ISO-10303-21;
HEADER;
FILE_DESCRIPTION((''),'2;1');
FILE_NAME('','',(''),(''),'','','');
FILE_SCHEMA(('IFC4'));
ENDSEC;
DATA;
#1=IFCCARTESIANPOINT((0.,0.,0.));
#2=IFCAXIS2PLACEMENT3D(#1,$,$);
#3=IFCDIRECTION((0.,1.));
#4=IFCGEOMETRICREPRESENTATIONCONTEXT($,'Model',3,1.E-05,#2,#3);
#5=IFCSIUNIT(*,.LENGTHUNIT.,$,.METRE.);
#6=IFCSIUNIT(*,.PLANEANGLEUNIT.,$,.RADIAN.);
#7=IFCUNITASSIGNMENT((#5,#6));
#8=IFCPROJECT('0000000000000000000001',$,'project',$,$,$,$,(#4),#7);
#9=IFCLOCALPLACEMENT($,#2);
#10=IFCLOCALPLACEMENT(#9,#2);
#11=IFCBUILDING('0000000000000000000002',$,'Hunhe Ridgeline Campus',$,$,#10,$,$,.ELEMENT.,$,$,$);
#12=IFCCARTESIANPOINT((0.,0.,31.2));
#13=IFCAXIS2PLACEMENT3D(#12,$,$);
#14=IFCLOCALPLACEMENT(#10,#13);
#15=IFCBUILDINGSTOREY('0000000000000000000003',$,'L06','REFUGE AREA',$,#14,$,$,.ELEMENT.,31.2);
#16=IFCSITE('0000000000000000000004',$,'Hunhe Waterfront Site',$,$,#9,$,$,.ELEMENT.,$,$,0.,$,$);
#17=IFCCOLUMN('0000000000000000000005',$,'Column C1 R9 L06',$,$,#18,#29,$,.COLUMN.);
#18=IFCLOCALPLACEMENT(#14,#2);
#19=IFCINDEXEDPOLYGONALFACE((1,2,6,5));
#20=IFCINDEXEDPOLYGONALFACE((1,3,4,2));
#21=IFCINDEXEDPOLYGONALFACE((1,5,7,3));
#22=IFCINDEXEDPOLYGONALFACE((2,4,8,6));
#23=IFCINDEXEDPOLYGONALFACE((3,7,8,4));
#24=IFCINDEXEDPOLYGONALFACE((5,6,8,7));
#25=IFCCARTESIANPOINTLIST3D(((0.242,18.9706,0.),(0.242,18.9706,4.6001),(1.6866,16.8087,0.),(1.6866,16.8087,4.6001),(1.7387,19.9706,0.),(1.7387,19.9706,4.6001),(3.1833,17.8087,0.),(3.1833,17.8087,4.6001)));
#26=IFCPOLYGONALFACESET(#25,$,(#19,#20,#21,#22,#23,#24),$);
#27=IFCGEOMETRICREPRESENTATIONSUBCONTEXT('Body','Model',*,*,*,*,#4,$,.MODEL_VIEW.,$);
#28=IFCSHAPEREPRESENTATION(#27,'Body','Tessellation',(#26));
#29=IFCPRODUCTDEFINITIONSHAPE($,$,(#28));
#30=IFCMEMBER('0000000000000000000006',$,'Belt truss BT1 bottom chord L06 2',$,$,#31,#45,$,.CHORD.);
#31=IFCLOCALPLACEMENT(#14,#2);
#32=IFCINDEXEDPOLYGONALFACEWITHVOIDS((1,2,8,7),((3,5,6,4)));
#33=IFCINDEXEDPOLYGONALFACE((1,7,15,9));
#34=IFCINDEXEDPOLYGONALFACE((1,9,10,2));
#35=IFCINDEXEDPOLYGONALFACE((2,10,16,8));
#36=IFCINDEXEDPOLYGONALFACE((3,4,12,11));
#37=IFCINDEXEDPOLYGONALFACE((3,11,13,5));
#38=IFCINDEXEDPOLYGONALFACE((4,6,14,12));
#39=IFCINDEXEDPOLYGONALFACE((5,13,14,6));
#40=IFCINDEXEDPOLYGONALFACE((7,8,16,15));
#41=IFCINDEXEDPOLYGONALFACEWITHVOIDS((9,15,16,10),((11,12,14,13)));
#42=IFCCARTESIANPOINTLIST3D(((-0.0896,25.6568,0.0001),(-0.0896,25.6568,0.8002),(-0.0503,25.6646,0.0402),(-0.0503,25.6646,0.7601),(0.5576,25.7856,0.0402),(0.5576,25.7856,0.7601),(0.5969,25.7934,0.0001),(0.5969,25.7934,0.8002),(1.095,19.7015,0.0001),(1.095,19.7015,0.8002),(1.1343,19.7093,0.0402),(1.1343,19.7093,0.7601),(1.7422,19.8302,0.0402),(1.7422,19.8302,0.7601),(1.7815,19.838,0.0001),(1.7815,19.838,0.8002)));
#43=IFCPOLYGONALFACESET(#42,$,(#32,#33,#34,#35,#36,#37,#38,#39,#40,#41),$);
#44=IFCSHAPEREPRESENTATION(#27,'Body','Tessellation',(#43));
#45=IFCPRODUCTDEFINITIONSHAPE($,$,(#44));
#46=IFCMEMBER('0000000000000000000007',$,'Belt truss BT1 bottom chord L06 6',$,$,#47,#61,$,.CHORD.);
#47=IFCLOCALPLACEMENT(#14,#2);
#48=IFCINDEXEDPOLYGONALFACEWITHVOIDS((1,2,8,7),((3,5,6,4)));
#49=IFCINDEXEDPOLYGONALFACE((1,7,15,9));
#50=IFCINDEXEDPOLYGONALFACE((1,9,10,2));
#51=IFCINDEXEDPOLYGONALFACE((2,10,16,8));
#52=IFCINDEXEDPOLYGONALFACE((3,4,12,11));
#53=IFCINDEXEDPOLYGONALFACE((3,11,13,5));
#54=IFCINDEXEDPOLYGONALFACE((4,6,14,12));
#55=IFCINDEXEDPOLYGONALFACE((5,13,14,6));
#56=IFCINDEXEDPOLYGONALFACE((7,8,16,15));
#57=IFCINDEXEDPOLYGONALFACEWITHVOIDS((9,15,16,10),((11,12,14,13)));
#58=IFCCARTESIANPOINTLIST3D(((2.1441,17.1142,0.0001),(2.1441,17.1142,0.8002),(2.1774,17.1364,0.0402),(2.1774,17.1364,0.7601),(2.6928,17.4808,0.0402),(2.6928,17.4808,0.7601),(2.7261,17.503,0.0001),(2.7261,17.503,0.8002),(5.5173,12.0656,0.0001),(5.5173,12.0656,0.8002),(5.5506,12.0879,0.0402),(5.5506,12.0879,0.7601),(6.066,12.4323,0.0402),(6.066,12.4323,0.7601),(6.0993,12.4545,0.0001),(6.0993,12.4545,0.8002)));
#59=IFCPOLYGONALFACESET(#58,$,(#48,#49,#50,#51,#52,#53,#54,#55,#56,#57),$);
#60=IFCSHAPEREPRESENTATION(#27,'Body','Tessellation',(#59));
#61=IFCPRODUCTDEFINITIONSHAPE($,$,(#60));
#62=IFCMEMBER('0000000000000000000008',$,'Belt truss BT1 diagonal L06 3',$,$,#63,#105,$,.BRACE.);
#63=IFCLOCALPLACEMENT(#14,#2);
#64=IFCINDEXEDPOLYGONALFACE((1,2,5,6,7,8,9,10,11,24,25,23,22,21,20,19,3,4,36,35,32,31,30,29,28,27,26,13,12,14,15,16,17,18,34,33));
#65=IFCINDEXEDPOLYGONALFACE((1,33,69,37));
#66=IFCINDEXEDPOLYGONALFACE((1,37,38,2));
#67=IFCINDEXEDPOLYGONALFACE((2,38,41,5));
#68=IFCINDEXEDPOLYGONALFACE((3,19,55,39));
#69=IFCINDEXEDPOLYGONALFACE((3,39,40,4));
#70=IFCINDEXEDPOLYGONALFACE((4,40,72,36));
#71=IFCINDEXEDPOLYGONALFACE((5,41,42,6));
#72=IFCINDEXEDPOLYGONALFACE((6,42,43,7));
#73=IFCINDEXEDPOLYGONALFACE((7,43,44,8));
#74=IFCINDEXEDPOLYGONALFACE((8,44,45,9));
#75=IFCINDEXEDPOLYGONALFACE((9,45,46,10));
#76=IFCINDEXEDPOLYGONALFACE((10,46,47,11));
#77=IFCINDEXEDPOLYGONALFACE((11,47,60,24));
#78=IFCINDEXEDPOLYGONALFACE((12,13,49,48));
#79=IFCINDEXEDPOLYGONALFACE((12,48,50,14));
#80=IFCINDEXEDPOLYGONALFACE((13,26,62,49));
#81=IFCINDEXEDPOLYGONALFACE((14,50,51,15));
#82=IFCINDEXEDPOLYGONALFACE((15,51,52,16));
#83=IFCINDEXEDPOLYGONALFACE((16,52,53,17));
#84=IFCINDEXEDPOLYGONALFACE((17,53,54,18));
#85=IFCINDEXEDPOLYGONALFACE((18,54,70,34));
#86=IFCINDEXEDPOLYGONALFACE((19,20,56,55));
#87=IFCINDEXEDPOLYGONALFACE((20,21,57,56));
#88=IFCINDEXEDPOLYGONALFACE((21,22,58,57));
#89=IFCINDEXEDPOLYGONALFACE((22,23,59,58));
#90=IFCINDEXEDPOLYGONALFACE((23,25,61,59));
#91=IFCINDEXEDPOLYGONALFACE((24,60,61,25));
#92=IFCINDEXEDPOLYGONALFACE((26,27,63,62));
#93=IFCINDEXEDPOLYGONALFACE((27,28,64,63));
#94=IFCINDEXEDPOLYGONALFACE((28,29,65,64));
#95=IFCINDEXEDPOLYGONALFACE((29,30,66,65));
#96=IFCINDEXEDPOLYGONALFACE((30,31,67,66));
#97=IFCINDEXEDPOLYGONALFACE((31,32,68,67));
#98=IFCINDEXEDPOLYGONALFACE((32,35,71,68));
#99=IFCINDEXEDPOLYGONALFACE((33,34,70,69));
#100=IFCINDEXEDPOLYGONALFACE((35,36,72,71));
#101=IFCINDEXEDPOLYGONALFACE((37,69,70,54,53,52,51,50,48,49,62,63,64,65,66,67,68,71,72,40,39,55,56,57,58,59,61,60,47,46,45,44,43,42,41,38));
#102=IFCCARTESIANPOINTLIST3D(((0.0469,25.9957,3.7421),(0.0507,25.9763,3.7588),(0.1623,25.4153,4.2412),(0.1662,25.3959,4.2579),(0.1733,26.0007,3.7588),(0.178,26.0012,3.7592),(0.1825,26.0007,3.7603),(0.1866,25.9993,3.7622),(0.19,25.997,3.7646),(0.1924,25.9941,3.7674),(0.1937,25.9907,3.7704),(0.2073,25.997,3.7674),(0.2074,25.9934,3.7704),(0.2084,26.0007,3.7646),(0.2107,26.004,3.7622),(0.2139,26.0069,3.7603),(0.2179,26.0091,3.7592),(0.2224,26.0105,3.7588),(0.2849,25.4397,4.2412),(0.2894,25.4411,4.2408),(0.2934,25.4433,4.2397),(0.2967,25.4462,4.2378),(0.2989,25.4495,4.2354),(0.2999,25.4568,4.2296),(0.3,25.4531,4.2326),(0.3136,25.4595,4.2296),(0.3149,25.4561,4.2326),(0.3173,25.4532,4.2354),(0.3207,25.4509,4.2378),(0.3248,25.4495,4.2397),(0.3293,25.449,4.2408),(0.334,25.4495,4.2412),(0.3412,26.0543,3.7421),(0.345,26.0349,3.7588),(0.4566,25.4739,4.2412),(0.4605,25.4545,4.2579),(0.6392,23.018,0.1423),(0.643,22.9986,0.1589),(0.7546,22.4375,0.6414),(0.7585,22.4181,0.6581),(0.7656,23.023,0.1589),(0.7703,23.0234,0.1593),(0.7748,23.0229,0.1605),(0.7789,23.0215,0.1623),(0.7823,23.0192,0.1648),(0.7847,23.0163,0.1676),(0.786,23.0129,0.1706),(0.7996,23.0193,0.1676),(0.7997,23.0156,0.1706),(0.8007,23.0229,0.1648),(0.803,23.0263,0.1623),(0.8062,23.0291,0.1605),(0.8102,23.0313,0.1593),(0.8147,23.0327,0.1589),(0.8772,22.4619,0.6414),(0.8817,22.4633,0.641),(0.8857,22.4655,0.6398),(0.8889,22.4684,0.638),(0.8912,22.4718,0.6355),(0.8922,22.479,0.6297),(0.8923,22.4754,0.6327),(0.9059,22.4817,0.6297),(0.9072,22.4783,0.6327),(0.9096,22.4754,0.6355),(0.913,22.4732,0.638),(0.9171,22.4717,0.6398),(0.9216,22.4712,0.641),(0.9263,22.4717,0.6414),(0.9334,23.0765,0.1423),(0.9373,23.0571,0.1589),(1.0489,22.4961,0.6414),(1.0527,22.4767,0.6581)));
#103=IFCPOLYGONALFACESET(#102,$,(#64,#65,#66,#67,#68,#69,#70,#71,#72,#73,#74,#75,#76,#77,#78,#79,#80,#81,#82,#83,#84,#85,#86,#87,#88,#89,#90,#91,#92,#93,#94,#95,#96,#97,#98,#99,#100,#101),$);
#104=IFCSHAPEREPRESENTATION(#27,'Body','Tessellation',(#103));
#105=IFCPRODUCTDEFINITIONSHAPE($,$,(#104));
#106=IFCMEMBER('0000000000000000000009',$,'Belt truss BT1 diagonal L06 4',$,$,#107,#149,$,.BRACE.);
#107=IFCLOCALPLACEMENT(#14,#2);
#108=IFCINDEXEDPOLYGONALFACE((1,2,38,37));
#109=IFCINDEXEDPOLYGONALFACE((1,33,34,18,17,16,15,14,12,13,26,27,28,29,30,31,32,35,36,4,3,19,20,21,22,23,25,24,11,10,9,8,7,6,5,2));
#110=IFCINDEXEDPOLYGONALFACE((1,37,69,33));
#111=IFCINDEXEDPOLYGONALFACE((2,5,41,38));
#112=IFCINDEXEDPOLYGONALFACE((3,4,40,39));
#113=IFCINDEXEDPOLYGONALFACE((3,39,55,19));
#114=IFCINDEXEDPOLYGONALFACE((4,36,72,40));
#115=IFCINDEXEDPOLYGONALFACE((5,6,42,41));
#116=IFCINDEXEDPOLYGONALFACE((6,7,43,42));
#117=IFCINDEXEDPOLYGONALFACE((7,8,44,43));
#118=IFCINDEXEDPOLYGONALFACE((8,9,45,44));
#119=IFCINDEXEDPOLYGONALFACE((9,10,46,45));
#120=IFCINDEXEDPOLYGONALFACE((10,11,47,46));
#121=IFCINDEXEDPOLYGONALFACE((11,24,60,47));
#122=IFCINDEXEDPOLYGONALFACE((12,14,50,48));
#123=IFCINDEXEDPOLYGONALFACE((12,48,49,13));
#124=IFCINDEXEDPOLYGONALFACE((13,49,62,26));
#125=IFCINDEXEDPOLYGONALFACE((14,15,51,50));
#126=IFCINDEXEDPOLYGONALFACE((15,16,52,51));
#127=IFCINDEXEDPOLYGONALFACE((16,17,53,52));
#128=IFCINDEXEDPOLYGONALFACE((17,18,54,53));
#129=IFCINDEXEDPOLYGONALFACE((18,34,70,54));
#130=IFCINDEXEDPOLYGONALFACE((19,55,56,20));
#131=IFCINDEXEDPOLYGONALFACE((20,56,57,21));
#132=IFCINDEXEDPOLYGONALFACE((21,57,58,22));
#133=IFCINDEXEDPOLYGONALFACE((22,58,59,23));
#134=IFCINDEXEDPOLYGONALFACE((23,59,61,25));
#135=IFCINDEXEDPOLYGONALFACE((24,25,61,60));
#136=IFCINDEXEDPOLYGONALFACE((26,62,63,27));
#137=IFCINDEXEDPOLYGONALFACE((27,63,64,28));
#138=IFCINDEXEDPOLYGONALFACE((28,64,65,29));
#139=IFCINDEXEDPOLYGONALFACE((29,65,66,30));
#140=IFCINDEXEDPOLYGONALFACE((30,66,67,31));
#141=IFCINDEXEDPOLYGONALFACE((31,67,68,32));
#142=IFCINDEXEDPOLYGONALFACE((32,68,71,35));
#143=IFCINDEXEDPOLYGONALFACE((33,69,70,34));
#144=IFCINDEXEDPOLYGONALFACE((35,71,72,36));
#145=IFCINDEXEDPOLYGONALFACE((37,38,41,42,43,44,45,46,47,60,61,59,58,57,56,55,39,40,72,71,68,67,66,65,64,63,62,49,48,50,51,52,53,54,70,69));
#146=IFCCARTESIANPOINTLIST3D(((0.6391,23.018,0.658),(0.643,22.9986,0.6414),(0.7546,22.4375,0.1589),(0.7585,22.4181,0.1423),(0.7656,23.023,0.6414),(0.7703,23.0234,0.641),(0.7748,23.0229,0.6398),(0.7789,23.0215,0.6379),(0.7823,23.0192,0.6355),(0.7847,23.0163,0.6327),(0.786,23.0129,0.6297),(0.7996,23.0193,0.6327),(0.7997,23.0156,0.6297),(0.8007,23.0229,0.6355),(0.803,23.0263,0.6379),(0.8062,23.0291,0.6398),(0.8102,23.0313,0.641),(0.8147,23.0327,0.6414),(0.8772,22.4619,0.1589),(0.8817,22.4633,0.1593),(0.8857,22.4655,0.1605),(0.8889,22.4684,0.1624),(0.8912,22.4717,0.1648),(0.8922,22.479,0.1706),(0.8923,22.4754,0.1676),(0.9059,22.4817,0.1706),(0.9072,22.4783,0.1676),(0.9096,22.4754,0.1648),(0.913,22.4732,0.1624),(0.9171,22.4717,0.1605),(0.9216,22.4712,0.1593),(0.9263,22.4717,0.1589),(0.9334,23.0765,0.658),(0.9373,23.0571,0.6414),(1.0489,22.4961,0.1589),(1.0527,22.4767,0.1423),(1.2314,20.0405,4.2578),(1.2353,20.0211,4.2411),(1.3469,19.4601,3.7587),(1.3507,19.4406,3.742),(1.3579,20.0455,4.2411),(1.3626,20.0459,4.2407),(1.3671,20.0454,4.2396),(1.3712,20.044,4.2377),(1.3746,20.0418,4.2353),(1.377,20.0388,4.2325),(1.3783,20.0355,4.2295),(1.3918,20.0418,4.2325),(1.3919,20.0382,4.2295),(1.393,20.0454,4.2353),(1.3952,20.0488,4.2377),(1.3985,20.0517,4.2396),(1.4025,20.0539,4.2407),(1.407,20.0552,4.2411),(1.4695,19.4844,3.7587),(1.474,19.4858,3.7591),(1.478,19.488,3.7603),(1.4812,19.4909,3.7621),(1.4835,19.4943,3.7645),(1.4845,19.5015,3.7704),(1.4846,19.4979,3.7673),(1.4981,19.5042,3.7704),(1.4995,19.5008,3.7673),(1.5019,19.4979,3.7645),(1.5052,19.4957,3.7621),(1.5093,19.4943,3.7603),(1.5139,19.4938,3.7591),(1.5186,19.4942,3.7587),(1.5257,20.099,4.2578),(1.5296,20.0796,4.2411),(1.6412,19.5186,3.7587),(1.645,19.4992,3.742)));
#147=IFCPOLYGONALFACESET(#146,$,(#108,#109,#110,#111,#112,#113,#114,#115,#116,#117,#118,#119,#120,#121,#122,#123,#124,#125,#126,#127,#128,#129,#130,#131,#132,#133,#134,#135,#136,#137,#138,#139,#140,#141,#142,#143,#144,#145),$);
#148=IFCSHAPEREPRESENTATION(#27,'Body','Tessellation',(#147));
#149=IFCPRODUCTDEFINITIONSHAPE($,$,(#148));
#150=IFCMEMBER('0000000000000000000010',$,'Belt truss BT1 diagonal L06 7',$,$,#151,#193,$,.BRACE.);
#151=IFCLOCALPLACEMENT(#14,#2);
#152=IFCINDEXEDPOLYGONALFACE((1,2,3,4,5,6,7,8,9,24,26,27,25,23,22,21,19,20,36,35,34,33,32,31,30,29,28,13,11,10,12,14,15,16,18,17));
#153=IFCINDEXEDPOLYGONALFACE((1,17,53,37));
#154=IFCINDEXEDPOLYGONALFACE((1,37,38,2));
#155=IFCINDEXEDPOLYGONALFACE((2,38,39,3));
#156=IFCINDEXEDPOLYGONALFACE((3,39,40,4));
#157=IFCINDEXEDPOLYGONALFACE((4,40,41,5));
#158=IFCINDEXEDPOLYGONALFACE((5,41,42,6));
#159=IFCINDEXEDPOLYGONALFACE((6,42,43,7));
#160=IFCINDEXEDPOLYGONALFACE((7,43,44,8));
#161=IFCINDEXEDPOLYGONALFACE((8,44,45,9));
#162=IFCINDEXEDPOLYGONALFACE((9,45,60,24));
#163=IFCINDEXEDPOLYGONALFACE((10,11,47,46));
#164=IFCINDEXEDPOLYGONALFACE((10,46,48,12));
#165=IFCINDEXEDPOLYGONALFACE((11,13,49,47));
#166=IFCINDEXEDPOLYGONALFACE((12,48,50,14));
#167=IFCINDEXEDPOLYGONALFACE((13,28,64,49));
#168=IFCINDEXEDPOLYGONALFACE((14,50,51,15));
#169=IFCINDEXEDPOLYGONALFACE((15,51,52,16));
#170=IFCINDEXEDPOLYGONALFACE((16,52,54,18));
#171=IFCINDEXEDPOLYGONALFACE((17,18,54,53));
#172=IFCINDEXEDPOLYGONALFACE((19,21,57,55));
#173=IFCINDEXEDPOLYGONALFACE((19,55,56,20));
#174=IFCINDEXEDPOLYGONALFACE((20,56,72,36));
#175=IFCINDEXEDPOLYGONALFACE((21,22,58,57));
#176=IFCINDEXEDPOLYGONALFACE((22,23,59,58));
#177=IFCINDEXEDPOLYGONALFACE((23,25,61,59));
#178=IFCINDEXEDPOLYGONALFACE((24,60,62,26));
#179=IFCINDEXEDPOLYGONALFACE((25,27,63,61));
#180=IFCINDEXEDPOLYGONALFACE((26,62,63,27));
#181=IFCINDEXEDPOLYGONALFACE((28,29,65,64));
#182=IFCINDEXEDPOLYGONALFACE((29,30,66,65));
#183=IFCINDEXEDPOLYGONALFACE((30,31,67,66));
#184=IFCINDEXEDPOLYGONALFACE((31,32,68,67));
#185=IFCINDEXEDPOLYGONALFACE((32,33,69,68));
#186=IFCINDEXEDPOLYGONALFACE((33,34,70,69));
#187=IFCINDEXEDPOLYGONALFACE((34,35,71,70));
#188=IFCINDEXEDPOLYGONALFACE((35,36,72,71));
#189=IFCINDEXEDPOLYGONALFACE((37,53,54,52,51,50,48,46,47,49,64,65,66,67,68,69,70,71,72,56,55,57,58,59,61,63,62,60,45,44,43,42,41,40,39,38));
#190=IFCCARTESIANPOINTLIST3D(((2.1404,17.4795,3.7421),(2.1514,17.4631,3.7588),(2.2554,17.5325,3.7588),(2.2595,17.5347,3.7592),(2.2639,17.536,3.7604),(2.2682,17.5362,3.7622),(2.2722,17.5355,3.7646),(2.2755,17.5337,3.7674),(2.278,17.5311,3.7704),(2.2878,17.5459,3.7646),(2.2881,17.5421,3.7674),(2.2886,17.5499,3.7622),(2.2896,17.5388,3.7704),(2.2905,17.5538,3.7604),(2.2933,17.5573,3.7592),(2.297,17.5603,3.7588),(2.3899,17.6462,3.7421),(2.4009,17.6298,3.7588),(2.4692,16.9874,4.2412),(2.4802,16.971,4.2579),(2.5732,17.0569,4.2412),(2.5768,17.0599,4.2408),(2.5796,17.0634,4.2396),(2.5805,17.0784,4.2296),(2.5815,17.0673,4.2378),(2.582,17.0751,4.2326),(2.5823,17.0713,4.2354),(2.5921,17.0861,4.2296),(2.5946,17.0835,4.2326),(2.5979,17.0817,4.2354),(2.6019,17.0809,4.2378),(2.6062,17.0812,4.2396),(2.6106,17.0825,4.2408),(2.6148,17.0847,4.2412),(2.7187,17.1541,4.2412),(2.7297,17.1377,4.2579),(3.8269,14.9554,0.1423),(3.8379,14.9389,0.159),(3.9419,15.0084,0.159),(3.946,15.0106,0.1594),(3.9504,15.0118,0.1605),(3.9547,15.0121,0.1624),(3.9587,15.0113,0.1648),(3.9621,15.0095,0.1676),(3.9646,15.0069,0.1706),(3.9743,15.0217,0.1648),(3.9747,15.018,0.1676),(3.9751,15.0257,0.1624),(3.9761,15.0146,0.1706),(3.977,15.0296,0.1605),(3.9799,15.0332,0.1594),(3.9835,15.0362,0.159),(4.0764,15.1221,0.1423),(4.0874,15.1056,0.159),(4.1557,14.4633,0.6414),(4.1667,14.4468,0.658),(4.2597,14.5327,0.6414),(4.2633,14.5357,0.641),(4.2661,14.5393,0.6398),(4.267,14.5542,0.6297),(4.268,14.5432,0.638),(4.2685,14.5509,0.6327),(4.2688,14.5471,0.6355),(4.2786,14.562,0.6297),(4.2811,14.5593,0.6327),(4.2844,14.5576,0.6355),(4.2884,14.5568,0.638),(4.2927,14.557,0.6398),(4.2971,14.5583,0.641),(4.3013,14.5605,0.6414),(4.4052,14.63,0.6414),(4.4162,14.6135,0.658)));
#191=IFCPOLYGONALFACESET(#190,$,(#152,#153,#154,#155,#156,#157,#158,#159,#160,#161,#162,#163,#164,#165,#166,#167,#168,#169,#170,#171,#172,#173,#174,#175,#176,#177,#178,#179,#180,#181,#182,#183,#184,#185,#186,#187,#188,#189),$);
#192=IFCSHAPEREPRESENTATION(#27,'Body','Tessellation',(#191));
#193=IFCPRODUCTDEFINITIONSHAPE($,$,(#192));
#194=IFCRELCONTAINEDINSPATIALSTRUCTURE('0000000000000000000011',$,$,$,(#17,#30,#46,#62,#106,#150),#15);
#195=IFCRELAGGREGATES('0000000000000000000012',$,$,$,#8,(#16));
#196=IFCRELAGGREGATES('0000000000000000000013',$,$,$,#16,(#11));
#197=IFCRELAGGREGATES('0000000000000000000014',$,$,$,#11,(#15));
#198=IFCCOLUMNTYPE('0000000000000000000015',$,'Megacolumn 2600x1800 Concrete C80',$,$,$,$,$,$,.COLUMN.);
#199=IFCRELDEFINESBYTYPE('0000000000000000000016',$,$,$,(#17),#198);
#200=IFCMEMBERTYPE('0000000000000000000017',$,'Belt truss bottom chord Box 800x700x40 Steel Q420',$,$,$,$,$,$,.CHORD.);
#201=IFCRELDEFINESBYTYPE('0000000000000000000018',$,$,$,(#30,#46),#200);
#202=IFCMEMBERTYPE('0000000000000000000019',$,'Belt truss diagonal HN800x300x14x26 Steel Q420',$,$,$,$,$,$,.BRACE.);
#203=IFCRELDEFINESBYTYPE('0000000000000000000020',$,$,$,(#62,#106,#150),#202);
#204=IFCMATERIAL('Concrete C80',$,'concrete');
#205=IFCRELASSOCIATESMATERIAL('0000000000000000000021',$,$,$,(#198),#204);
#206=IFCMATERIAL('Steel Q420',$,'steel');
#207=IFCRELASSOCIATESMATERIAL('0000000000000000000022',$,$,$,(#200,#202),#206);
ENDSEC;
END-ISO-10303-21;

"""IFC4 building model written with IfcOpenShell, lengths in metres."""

from ifc_helpers import new_model, si_unit, direction, frame, origin, origin_2d, place, context, subcontext, project, spatial, rectangle, hollow_rectangle, i_section, extrude, material, material_profile, profile_set, type_object, element, save


model = new_model("IFC4")

# Units and contexts
model_context = context("Model", 3, precision=1e-05, world=origin(), true_north=direction((0.0, 1.0)))
body_context = subcontext(model_context, "Body", "Model", "MODEL_VIEW")
ifc_project = project(units=[si_unit("LENGTHUNIT", "METRE"), si_unit("PLANEANGLEUNIT", "RADIAN")], contexts=[model_context])

# Site, building, storey
site_placement = place(None, origin())
site = spatial("IfcSite", under=ifc_project, at=site_placement, Name="Hunhe Waterfront Site", CompositionType="ELEMENT", RefElevation=0.0)
building_placement = place(site_placement, origin())
building = spatial("IfcBuilding", under=site, at=building_placement, Name="Hunhe Ridgeline Campus", CompositionType="ELEMENT")
storey_placement = place(building_placement, frame((0.0, 0.0, 31.2)))
storey = spatial("IfcBuildingStorey", under=building, at=storey_placement, Name="L06", Description="REFUGE AREA", CompositionType="ELEMENT", Elevation=31.2)

# Column
ifc_material_1 = material(Name="Concrete C80", Category="concrete")
ifc_material_profile_1 = material_profile(ifc_material_1, rectangle(XDim=2.6001, YDim=1.8, at=origin_2d()))
ifc_profile_set_1 = profile_set([ifc_material_profile_1], Name="Concrete C80")
column_type = type_object("IfcColumnType", Name="Megacolumn 2600x1800 Concrete C80", PredefinedType="COLUMN", material=ifc_profile_set_1)
column_placement = place(storey_placement, frame((1.7126, 18.3896, 0.0), z_axis=(0.0, 0.0, 1.0), x_axis=(-0.55557, 0.83147, 0.0)))
element("IfcColumn", 1, at=column_placement, inside=storey, type_object=column_type, Name="Column C1 R9 L06", PredefinedType="COLUMN", context=body_context, shape_type="SweptSolid", body=[
    extrude(rectangle(XDim=2.6001, YDim=1.8, at=origin_2d()), origin(), (0.0, 0.0, 1.0), 4.6001),
])

# Members
ifc_material_2 = material(Name="Steel Q420", Category="steel")
ifc_material_profile_2 = material_profile(ifc_material_2, hollow_rectangle(XDim=0.7, YDim=0.8, WallThickness=0.04, at=origin_2d()))
ifc_profile_set_2 = profile_set([ifc_material_profile_2], Name="Steel Q420")
member_type_1 = type_object("IfcMemberType", Name="Belt truss bottom chord Box 800x700x40 Steel Q420", PredefinedType="CHORD", material=ifc_profile_set_2)
member_1_placement = place(storey_placement, frame((0.2537, 25.7251, 0.4001), z_axis=(0.195088, -0.980786, 0.0), x_axis=(0.980786, 0.195088, 0.0)))
element("IfcMember", 2, at=member_1_placement, inside=storey, type_object=member_type_1, Name="Belt truss BT1 bottom chord L06 2", PredefinedType="CHORD", context=body_context, shape_type="SweptSolid", body=[
    extrude(hollow_rectangle(XDim=0.7, YDim=0.8, WallThickness=0.04, at=origin_2d()), origin(), (0.0, 0.0, 1.0), 6.072),
])
member_2_placement = place(storey_placement, frame((2.4351, 17.3086, 0.4001), z_axis=(0.555563, -0.831475, 0.0), x_axis=(0.831475, 0.555563, 0.0)))
element("IfcMember", 3, at=member_2_placement, inside=storey, type_object=member_type_1, Name="Belt truss BT1 bottom chord L06 6", PredefinedType="CHORD", context=body_context, shape_type="SweptSolid", body=[
    extrude(hollow_rectangle(XDim=0.7, YDim=0.8, WallThickness=0.04, at=origin_2d()), origin(), (0.0, 0.0, 1.0), 6.0718),
])
ifc_material_profile_3 = material_profile(ifc_material_2, i_section(OverallWidth=0.3, OverallDepth=0.8, WebThickness=0.0139, FlangeThickness=0.0259, FilletRadius=0.0181, at=origin_2d()))
ifc_profile_set_3 = profile_set([ifc_material_profile_3], Name="Steel Q420")
member_type_2 = type_object("IfcMemberType", Name="Belt truss diagonal HN800x300x14x26 Steel Q420", PredefinedType="BRACE", material=ifc_profile_set_3)
member_3_placement = place(storey_placement, frame((0.2537, 25.7251, 4.0), z_axis=(0.125771, -0.632328, -0.764423), x_axis=(0.980787, 0.19508, 0.0)))
element("IfcMember", 4, at=member_3_placement, inside=storey, type_object=member_type_2, Name="Belt truss BT1 diagonal L06 3", PredefinedType="BRACE", context=body_context, shape_type="SweptSolid", body=[
    extrude(i_section(OverallWidth=0.3, OverallDepth=0.8, WebThickness=0.0139, FlangeThickness=0.0259, FilletRadius=0.0181, at=origin_2d()), origin(), (0.0, 0.0, 1.0), 4.7092),
])
for number, where, z_axis, x_axis, name in (
    (5, (0.8459, 22.7473, 0.4001), (0.125775, -0.632297, 0.764449), (0.980784, 0.195095, 0.0), "Belt truss BT1 diagonal L06 4"),
    (6, (2.4351, 17.3086, 4.0), (0.358148, -0.53603, -0.764461), (0.831481, 0.555554, 0.0), "Belt truss BT1 diagonal L06 7"),
):
    element("IfcMember", number, at=place(storey_placement, frame(where, z_axis=z_axis, x_axis=x_axis)), inside=storey, type_object=member_type_2, Name=name, PredefinedType="BRACE", context=body_context, shape_type="SweptSolid", body=[
        extrude(i_section(OverallWidth=0.3, OverallDepth=0.8, WebThickness=0.0139, FlangeThickness=0.0259, FilletRadius=0.0181, at=origin_2d()), origin(), (0.0, 0.0, 1.0), 4.709),
    ])

save(model, "model.ifc")
